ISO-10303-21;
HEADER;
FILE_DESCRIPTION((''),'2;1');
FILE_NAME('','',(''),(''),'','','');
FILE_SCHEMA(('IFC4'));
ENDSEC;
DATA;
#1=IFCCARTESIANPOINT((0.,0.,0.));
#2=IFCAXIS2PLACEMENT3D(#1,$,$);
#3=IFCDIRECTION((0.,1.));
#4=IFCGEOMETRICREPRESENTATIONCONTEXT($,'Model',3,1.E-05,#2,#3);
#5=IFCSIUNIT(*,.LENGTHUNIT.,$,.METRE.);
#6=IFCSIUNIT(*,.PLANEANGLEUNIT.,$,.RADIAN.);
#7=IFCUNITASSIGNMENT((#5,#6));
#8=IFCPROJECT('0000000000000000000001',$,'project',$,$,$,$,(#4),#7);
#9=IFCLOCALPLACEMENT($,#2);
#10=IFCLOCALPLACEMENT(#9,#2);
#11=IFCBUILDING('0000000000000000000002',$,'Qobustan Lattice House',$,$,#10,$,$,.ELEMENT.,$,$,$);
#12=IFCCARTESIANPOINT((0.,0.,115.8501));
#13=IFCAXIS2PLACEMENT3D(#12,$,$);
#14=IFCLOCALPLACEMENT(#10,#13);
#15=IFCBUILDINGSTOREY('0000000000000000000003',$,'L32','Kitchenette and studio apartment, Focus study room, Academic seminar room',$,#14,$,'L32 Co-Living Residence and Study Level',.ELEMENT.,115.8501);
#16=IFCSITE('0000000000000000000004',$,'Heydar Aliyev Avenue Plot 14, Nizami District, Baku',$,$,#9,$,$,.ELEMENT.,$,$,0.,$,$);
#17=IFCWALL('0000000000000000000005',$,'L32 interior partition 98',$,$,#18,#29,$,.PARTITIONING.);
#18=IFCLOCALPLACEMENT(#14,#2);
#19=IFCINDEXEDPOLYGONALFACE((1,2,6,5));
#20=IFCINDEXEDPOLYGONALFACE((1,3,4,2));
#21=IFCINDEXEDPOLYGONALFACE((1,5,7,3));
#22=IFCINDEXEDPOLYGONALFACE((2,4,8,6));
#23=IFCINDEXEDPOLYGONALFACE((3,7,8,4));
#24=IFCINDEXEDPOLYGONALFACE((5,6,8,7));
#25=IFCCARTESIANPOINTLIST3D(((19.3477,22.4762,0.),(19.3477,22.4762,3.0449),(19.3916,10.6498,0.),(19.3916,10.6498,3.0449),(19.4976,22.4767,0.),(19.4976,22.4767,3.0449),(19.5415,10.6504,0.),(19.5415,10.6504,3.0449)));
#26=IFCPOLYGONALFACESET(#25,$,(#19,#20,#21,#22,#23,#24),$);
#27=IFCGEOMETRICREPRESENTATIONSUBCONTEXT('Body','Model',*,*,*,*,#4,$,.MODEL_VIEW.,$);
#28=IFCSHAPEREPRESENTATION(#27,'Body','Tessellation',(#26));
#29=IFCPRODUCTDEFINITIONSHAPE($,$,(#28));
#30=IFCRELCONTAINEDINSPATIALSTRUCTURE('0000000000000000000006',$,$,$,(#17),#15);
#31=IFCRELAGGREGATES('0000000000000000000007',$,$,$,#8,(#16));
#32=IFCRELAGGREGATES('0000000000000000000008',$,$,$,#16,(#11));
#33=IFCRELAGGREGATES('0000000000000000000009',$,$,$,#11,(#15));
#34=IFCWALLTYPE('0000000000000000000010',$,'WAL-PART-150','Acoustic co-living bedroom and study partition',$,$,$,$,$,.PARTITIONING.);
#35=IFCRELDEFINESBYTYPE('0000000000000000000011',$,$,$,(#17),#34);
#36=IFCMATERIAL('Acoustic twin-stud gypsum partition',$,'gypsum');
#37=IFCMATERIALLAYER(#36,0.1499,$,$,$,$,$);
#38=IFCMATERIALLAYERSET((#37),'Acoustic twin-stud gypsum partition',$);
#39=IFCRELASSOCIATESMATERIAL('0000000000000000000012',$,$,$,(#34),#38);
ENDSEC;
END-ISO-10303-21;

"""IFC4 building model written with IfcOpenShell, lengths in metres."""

from ifc_helpers import new_model, si_unit, direction, frame, frame_2d, origin, place, context, subcontext, project, spatial, rectangle, extrude, material, layer, layer_set, type_object, element, save


model = new_model("IFC4")

# Units and contexts
model_context = context("Model", 3, precision=1e-05, world=origin(), true_north=direction((0.0, 1.0)))
body_context = subcontext(model_context, "Body", "Model", "MODEL_VIEW")
ifc_project = project(units=[si_unit("LENGTHUNIT", "METRE"), si_unit("PLANEANGLEUNIT", "RADIAN")], contexts=[model_context])

# Site, building, storey
site_placement = place(None, origin())
site = spatial("IfcSite", under=ifc_project, at=site_placement, Name="Heydar Aliyev Avenue Plot 14, Nizami District, Baku", CompositionType="ELEMENT", RefElevation=0.0)
building_placement = place(site_placement, origin())
building = spatial("IfcBuilding", under=site, at=building_placement, Name="Qobustan Lattice House", CompositionType="ELEMENT")
storey_placement = place(building_placement, frame((0.0, 0.0, 115.8501)))
storey = spatial("IfcBuildingStorey", under=building, at=storey_placement, Name="L32", Description="Kitchenette and studio apartment, Focus study room, Academic seminar room", LongName="L32 Co-Living Residence and Study Level", CompositionType="ELEMENT", Elevation=115.8501)

# Wall
ifc_material_1 = material(Name="Acoustic twin-stud gypsum partition", Category="gypsum")
ifc_layer_1 = layer(ifc_material_1, 0.1499)
ifc_layer_set_1 = layer_set([ifc_layer_1], Name="Acoustic twin-stud gypsum partition")
wall_type_1 = type_object("IfcWallType", Name="WAL-PART-150", Description="Acoustic co-living bedroom and study partition", PredefinedType="PARTITIONING", material=ifc_layer_set_1)
wall_1_placement = place(storey_placement, frame((19.4226, 22.4763, 0.0), z_axis=(0.0, 0.0, 1.0), x_axis=(0.003716, -0.999993, 0.0)))
element("IfcWall", 1, at=wall_1_placement, inside=storey, type_object=wall_type_1, Name="L32 interior partition 98", PredefinedType="PARTITIONING", context=body_context, shape_type="SweptSolid", body=[
    extrude(rectangle(XDim=11.8264, YDim=0.1499, at=frame_2d((5.9131, 0.0))), origin(), (0.0, 0.0, 1.0), 3.0449),
])

save(model, "model.ifc")
